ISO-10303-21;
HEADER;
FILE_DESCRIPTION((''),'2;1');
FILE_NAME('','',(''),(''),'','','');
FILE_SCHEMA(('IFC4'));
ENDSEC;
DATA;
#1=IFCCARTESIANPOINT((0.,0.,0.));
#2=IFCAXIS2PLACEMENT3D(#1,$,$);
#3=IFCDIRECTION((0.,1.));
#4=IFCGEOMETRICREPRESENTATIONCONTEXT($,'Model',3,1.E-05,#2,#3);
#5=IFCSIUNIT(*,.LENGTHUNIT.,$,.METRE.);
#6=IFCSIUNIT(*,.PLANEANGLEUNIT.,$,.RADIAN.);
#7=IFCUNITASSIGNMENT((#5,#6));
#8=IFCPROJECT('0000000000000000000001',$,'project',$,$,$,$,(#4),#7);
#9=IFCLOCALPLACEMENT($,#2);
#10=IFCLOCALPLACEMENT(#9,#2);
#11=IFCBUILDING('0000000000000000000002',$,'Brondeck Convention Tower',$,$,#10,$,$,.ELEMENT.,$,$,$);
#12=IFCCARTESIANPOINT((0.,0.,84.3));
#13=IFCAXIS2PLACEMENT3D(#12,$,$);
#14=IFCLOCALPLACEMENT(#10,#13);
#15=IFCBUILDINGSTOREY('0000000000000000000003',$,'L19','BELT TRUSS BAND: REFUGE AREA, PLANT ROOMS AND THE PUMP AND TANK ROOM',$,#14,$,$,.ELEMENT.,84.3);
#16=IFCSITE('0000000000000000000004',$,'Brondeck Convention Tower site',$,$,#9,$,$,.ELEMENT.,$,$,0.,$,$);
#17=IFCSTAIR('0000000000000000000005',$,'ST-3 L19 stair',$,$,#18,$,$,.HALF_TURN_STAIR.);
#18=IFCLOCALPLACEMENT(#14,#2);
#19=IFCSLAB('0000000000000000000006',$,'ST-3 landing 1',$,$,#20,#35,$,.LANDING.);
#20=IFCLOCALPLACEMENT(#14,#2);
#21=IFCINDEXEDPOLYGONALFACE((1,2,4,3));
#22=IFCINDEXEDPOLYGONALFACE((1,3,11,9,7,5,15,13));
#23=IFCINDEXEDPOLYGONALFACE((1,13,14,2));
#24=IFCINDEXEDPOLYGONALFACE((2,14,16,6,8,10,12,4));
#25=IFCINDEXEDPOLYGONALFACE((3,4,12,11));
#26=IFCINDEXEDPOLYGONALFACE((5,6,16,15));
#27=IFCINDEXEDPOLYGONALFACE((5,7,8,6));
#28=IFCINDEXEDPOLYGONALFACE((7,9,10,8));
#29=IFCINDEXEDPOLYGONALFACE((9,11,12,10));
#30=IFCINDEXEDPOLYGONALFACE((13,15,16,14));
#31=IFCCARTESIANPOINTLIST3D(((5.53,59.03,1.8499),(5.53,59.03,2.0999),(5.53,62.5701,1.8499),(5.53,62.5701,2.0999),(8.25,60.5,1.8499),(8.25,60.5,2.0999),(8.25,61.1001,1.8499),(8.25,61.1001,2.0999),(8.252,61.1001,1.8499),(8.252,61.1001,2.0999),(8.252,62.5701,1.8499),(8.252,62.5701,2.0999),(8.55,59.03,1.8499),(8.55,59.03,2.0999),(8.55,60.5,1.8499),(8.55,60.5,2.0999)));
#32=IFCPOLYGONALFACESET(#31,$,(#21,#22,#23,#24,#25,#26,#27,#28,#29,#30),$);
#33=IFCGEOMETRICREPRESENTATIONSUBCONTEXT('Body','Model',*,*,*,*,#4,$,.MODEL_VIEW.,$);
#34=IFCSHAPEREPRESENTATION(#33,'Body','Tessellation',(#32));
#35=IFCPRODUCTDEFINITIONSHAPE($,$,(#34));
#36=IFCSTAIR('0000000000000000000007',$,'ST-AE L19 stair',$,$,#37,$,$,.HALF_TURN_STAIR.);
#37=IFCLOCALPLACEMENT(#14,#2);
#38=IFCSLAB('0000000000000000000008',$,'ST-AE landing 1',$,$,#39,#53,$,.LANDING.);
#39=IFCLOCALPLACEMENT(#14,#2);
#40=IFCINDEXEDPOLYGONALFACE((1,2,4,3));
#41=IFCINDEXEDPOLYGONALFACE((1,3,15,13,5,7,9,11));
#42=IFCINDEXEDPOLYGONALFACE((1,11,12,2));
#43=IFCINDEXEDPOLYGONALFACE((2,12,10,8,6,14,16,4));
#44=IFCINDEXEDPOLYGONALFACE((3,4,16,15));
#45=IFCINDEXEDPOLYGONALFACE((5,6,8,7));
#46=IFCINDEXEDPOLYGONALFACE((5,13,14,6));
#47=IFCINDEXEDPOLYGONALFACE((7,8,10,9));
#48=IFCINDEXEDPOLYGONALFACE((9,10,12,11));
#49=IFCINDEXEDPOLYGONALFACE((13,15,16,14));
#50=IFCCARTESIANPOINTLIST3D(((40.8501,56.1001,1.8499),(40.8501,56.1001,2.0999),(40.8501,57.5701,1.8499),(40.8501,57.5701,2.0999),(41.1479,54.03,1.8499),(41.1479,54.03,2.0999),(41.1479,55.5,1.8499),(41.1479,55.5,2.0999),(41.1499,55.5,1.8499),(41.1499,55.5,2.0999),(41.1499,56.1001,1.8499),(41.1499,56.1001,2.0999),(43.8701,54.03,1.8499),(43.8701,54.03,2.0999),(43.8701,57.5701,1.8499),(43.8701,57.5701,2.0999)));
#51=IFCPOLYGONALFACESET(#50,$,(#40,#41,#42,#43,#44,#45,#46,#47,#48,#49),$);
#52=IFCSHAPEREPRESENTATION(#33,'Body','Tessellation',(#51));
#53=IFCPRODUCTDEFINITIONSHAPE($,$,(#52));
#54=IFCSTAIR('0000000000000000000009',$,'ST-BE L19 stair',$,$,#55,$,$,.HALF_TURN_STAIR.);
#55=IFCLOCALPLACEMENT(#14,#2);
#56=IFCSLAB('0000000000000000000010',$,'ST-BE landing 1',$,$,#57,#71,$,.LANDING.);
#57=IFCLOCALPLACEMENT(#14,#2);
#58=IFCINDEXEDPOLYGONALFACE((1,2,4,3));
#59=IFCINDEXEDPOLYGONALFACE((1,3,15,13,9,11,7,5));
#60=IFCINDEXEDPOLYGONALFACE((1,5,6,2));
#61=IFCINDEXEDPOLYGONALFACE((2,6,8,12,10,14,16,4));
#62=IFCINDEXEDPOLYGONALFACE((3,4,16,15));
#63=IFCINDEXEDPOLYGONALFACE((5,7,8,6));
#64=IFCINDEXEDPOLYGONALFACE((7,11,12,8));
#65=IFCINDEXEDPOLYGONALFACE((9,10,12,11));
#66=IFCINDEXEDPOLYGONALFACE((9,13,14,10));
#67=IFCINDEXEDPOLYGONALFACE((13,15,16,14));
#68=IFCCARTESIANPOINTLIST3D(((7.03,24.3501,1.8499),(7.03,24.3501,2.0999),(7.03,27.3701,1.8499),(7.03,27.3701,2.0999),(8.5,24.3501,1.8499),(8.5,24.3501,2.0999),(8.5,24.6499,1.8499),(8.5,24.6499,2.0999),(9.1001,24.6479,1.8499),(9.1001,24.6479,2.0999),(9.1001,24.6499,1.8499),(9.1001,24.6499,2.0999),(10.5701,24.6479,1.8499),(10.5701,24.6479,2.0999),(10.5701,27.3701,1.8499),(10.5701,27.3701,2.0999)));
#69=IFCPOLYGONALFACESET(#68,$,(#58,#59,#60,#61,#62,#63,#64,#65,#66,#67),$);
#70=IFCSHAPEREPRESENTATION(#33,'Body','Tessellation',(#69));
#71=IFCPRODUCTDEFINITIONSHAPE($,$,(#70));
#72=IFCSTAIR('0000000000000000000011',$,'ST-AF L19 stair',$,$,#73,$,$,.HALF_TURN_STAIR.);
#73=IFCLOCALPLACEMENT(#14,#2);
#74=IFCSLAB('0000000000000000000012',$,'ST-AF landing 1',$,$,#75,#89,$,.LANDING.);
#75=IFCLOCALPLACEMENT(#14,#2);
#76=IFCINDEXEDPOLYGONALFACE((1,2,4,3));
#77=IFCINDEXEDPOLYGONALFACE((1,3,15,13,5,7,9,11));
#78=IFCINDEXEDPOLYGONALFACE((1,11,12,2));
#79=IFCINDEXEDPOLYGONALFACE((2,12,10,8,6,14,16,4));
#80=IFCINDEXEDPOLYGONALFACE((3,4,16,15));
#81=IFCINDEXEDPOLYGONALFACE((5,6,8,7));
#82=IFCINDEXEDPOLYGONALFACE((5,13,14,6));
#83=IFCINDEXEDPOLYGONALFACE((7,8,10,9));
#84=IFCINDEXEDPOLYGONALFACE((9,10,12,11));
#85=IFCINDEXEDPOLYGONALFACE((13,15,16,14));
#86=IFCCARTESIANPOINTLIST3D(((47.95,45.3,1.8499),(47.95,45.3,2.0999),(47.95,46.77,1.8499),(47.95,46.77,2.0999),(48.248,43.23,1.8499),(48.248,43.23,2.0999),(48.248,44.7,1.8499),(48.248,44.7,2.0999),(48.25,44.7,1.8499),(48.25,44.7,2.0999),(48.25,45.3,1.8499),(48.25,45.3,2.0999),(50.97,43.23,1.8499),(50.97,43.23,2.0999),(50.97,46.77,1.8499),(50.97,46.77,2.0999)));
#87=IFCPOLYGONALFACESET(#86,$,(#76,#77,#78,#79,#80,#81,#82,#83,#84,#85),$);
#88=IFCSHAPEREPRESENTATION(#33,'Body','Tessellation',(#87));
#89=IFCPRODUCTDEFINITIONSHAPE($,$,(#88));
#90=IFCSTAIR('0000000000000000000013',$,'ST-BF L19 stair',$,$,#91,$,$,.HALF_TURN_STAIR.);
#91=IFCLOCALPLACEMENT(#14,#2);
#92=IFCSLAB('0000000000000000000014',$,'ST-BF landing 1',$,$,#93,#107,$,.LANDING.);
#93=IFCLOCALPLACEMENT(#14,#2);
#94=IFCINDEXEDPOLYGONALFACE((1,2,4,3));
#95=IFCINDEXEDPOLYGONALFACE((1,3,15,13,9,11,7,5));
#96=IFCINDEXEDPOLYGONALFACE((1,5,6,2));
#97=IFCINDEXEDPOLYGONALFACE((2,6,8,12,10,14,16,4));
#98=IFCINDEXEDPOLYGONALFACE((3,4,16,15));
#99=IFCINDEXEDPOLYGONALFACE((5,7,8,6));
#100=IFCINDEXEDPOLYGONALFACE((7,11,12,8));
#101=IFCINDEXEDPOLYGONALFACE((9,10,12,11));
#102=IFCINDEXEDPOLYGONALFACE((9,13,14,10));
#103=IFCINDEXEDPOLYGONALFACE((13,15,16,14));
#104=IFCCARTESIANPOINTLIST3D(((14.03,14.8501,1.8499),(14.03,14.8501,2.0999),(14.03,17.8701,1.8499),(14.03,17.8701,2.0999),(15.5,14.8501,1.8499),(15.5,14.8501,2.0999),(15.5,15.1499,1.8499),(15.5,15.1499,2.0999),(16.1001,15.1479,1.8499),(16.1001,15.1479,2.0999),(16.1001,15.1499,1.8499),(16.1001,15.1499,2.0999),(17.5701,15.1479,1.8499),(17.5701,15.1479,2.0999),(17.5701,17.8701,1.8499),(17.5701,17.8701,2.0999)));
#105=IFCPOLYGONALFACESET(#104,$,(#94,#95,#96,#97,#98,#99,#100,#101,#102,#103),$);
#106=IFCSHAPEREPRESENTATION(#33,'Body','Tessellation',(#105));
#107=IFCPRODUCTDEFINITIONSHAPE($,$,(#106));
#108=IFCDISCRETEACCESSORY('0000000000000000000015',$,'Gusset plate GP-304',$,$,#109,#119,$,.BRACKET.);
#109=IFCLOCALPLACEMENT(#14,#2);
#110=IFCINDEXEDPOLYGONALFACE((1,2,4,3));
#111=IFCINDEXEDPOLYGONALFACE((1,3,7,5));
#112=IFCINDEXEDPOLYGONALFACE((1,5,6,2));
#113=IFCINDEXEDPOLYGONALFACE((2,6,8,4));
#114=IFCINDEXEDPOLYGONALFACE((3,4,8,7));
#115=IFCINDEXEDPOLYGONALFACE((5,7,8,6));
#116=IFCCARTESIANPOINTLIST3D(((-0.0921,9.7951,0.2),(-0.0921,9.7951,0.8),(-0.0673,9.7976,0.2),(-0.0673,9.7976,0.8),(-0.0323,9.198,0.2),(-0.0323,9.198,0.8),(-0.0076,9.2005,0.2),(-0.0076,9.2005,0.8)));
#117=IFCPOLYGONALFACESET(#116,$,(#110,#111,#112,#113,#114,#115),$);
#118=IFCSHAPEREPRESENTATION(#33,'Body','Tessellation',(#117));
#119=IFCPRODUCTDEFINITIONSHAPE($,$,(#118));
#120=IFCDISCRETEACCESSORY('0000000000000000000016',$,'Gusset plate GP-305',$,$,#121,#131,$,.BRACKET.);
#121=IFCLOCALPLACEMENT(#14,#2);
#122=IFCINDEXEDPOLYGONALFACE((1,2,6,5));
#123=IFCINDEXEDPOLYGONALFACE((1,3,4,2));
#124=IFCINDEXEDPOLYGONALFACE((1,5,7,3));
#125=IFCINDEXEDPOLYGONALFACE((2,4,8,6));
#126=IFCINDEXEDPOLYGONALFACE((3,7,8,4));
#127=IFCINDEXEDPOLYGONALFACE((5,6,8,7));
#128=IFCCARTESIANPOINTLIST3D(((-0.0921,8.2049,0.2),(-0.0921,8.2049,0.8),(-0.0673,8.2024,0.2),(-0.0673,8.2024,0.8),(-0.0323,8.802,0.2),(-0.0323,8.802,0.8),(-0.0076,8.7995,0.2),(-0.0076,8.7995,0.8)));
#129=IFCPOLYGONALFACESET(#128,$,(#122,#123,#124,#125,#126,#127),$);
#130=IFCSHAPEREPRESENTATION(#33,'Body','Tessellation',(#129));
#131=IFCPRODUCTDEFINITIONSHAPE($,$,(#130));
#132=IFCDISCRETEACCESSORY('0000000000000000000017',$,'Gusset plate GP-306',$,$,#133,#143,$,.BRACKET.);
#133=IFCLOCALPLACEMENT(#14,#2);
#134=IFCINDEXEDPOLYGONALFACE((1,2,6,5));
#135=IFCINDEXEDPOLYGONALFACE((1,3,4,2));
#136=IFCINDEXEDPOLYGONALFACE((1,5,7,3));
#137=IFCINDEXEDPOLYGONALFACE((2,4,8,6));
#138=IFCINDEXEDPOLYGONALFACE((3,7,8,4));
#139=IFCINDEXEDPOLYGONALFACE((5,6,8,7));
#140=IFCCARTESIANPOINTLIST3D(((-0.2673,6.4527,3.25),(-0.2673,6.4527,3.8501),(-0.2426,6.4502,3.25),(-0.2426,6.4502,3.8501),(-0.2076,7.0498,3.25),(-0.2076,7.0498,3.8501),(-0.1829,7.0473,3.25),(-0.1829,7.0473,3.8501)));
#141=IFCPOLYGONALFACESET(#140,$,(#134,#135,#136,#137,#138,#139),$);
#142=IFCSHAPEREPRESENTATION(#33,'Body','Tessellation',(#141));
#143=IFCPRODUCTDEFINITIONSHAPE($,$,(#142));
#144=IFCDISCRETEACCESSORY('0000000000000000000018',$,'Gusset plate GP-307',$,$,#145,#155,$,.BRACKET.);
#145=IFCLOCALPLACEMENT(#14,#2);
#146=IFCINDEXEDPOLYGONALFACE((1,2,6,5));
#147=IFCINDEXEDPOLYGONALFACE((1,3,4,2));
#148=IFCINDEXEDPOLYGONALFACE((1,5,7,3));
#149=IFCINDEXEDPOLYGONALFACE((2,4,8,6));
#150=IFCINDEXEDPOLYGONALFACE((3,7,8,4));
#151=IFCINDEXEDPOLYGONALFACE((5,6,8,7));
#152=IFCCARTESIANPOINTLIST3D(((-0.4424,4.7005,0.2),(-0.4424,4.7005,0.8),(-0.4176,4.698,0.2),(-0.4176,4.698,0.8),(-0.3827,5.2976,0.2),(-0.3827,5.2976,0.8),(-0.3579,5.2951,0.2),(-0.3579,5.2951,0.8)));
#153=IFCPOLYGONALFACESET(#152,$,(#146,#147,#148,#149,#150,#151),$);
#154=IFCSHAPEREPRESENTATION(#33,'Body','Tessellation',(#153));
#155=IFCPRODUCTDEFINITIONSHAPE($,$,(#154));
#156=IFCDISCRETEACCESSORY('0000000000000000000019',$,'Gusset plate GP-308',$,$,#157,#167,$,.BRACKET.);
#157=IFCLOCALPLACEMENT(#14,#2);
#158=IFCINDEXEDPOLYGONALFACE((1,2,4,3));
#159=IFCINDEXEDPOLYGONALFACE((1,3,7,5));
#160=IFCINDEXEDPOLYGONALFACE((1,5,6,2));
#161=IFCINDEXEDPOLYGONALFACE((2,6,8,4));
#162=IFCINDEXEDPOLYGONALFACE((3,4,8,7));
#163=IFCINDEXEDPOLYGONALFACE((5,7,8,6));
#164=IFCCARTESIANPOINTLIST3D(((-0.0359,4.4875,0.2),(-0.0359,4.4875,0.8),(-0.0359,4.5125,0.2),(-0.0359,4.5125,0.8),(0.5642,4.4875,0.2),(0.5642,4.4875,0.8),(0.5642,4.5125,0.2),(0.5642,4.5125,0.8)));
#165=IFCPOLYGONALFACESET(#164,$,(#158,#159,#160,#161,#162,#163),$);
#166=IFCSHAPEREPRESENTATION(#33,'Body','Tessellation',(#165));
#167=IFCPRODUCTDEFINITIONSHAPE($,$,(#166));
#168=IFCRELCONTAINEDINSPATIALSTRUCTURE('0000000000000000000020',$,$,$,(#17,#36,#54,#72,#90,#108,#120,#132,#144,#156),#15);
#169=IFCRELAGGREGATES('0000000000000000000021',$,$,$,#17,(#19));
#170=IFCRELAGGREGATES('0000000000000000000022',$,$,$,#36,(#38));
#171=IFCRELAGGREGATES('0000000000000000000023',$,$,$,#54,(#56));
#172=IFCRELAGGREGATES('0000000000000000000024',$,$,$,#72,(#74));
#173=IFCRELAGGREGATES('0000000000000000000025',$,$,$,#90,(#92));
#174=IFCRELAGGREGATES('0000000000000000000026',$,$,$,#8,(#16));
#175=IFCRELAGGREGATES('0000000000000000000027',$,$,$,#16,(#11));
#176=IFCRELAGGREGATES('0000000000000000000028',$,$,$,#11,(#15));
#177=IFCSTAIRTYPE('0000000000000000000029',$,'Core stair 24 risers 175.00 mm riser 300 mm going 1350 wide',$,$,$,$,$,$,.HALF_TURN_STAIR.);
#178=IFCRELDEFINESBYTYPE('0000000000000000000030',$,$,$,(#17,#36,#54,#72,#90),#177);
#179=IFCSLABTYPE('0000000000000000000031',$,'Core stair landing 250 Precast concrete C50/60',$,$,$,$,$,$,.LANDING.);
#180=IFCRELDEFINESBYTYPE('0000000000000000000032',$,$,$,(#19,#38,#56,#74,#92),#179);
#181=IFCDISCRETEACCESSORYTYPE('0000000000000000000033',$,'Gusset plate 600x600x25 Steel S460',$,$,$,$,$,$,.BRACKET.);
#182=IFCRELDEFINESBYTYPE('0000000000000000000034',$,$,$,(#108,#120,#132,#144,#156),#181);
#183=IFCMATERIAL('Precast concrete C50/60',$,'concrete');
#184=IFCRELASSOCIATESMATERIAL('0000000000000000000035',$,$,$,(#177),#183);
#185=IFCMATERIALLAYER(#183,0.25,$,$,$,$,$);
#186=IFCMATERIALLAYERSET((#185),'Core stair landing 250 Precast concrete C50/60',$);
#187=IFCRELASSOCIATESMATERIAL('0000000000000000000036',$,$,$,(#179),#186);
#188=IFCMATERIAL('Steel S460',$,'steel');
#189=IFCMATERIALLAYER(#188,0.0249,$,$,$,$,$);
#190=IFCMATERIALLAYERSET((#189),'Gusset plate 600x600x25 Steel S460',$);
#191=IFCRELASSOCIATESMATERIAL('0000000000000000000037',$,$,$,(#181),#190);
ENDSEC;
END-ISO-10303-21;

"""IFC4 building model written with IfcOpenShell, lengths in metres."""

from ifc_helpers import new_model, si_unit, direction, frame, origin, origin_2d, place, context, subcontext, project, spatial, polyline, rectangle, outline, extrude, material, layer, layer_set, type_object, element, aggregate, save


model = new_model("IFC4")

# Units and contexts
model_context = context("Model", 3, precision=1e-05, world=origin(), true_north=direction((0.0, 1.0)))
body_context = subcontext(model_context, "Body", "Model", "MODEL_VIEW")
ifc_project = project(units=[si_unit("LENGTHUNIT", "METRE"), si_unit("PLANEANGLEUNIT", "RADIAN")], contexts=[model_context])

# Site, building, storey
site_placement = place(None, origin())
site = spatial("IfcSite", under=ifc_project, at=site_placement, Name="Brondeck Convention Tower site", CompositionType="ELEMENT", RefElevation=0.0)
building_placement = place(site_placement, origin())
building = spatial("IfcBuilding", under=site, at=building_placement, Name="Brondeck Convention Tower", CompositionType="ELEMENT")
storey_placement = place(building_placement, frame((0.0, 0.0, 84.3)))
storey = spatial("IfcBuildingStorey", under=building, at=storey_placement, Name="L19", Description="BELT TRUSS BAND: REFUGE AREA, PLANT ROOMS AND THE PUMP AND TANK ROOM", CompositionType="ELEMENT", Elevation=84.3)

# Shared definitions
ifc_material_1 = material(Name="Steel S460", Category="steel")

# Stairs, slabs
ifc_material_2 = material(Name="Precast concrete C50/60", Category="concrete")
stair_type = type_object("IfcStairType", Name="Core stair 24 risers 175.00 mm riser 300 mm going 1350 wide", PredefinedType="HALF_TURN_STAIR", material=ifc_material_2)
ifc_layer_1 = layer(ifc_material_2, 0.25)
ifc_layer_set_1 = layer_set([ifc_layer_1], Name="Core stair landing 250 Precast concrete C50/60")
slab_type_1 = type_object("IfcSlabType", Name="Core stair landing 250 Precast concrete C50/60", PredefinedType="LANDING", material=ifc_layer_set_1)
stair_1_placement = place(storey_placement, origin())
stair_1 = element("IfcStair", 1, at=stair_1_placement, inside=storey, type_object=stair_type, Name="ST-3 L19 stair", PredefinedType="HALF_TURN_STAIR")
slab_1_placement = place(storey_placement, frame((0.0, 0.0, 1.8499)))
slab_1 = element("IfcSlab", 2, at=slab_1_placement, type_object=slab_type_1, Name="ST-3 landing 1", PredefinedType="LANDING", context=body_context, shape_type="SweptSolid", body=[
    extrude(outline(polyline([(8.55, 60.5), (8.55, 59.03), (5.53, 59.03), (5.53, 62.5701), (8.252, 62.5701), (8.252, 61.1001), (8.25, 61.1001), (8.25, 60.5), (8.55, 60.5)])), origin(), (0.0, 0.0, 1.0), 0.25),
])
aggregate(stair_1, [slab_1])
stair_2_placement = place(storey_placement, origin())
stair_2 = element("IfcStair", 3, at=stair_2_placement, inside=storey, type_object=stair_type, Name="ST-AE L19 stair", PredefinedType="HALF_TURN_STAIR")
slab_2_placement = place(storey_placement, frame((0.0, 0.0, 1.8499)))
slab_2 = element("IfcSlab", 4, at=slab_2_placement, type_object=slab_type_1, Name="ST-AE landing 1", PredefinedType="LANDING", context=body_context, shape_type="SweptSolid", body=[
    extrude(outline(polyline([(41.1479, 55.5), (41.1499, 55.5), (41.1499, 56.1001), (40.8501, 56.1001), (40.8501, 57.5701), (43.8701, 57.5701), (43.8701, 54.03), (41.1479, 54.03), (41.1479, 55.5)])), origin(), (0.0, 0.0, 1.0), 0.25),
])
aggregate(stair_2, [slab_2])
stair_3_placement = place(storey_placement, origin())
stair_3 = element("IfcStair", 5, at=stair_3_placement, inside=storey, type_object=stair_type, Name="ST-BE L19 stair", PredefinedType="HALF_TURN_STAIR")
slab_3_placement = place(storey_placement, frame((0.0, 0.0, 1.8499)))
slab_3 = element("IfcSlab", 6, at=slab_3_placement, type_object=slab_type_1, Name="ST-BE landing 1", PredefinedType="LANDING", context=body_context, shape_type="SweptSolid", body=[
    extrude(outline(polyline([(7.03, 24.3501), (7.03, 27.3701), (10.5701, 27.3701), (10.5701, 24.6479), (9.1001, 24.6479), (9.1001, 24.6499), (8.5, 24.6499), (8.5, 24.3501), (7.03, 24.3501)])), origin(), (0.0, 0.0, 1.0), 0.25),
])
aggregate(stair_3, [slab_3])
stair_4_placement = place(storey_placement, origin())
stair_4 = element("IfcStair", 7, at=stair_4_placement, inside=storey, type_object=stair_type, Name="ST-AF L19 stair", PredefinedType="HALF_TURN_STAIR")
slab_4_placement = place(storey_placement, frame((0.0, 0.0, 1.8499)))
slab_4 = element("IfcSlab", 8, at=slab_4_placement, type_object=slab_type_1, Name="ST-AF landing 1", PredefinedType="LANDING", context=body_context, shape_type="SweptSolid", body=[
    extrude(outline(polyline([(48.248, 44.7), (48.25, 44.7), (48.25, 45.3), (47.95, 45.3), (47.95, 46.77), (50.97, 46.77), (50.97, 43.23), (48.248, 43.23), (48.248, 44.7)])), origin(), (0.0, 0.0, 1.0), 0.25),
])
aggregate(stair_4, [slab_4])
stair_5_placement = place(storey_placement, origin())
stair_5 = element("IfcStair", 9, at=stair_5_placement, inside=storey, type_object=stair_type, Name="ST-BF L19 stair", PredefinedType="HALF_TURN_STAIR")
slab_5_placement = place(storey_placement, frame((0.0, 0.0, 1.8499)))
slab_5 = element("IfcSlab", 10, at=slab_5_placement, type_object=slab_type_1, Name="ST-BF landing 1", PredefinedType="LANDING", context=body_context, shape_type="SweptSolid", body=[
    extrude(outline(polyline([(14.03, 14.8501), (14.03, 17.8701), (17.5701, 17.8701), (17.5701, 15.1479), (16.1001, 15.1479), (16.1001, 15.1499), (15.5, 15.1499), (15.5, 14.8501), (14.03, 14.8501)])), origin(), (0.0, 0.0, 1.0), 0.25),
])
aggregate(stair_5, [slab_5])

# Discrete accessories
ifc_layer_2 = layer(ifc_material_1, 0.0249)
ifc_layer_set_2 = layer_set([ifc_layer_2], Name="Gusset plate 600x600x25 Steel S460")
discrete_accessory_type = type_object("IfcDiscreteAccessoryType", Name="Gusset plate 600x600x25 Steel S460", PredefinedType="BRACKET", material=ifc_layer_set_2)
for number, where, z_axis, x_axis, name in (
    (11, (-0.0498, 9.4978, 0.2), (0.0, 0.0, 1.0), (-0.099511, 0.995036, 0.0), "Gusset plate GP-304"),
    (12, (-0.0498, 8.5022, 0.2), (0.0, 0.0, 1.0), (0.099511, 0.995036, 0.0), "Gusset plate GP-305"),
    (13, (-0.2251, 6.75, 3.25), (0.0, 0.0, 1.0), (0.099511, 0.995036, 0.0), "Gusset plate GP-306"),
    (14, (-0.4001, 4.9978, 0.2), (0.0, 0.0, 1.0), (0.099511, 0.995036, 0.0), "Gusset plate GP-307"),
    (15, (0.2642, 4.5, 0.2), (0.0, 0.0, 1.0), (1.0, 0.0, 0.0), "Gusset plate GP-308"),
):
    element("IfcDiscreteAccessory", number, at=place(storey_placement, frame(where, z_axis=z_axis, x_axis=x_axis)), inside=storey, type_object=discrete_accessory_type, Name=name, PredefinedType="BRACKET", context=body_context, shape_type="SweptSolid", body=[
        extrude(rectangle(XDim=0.6001, YDim=0.0249, at=origin_2d()), origin(), (0.0, 0.0, 1.0), 0.6001),
    ])

save(model, "model.ifc")
